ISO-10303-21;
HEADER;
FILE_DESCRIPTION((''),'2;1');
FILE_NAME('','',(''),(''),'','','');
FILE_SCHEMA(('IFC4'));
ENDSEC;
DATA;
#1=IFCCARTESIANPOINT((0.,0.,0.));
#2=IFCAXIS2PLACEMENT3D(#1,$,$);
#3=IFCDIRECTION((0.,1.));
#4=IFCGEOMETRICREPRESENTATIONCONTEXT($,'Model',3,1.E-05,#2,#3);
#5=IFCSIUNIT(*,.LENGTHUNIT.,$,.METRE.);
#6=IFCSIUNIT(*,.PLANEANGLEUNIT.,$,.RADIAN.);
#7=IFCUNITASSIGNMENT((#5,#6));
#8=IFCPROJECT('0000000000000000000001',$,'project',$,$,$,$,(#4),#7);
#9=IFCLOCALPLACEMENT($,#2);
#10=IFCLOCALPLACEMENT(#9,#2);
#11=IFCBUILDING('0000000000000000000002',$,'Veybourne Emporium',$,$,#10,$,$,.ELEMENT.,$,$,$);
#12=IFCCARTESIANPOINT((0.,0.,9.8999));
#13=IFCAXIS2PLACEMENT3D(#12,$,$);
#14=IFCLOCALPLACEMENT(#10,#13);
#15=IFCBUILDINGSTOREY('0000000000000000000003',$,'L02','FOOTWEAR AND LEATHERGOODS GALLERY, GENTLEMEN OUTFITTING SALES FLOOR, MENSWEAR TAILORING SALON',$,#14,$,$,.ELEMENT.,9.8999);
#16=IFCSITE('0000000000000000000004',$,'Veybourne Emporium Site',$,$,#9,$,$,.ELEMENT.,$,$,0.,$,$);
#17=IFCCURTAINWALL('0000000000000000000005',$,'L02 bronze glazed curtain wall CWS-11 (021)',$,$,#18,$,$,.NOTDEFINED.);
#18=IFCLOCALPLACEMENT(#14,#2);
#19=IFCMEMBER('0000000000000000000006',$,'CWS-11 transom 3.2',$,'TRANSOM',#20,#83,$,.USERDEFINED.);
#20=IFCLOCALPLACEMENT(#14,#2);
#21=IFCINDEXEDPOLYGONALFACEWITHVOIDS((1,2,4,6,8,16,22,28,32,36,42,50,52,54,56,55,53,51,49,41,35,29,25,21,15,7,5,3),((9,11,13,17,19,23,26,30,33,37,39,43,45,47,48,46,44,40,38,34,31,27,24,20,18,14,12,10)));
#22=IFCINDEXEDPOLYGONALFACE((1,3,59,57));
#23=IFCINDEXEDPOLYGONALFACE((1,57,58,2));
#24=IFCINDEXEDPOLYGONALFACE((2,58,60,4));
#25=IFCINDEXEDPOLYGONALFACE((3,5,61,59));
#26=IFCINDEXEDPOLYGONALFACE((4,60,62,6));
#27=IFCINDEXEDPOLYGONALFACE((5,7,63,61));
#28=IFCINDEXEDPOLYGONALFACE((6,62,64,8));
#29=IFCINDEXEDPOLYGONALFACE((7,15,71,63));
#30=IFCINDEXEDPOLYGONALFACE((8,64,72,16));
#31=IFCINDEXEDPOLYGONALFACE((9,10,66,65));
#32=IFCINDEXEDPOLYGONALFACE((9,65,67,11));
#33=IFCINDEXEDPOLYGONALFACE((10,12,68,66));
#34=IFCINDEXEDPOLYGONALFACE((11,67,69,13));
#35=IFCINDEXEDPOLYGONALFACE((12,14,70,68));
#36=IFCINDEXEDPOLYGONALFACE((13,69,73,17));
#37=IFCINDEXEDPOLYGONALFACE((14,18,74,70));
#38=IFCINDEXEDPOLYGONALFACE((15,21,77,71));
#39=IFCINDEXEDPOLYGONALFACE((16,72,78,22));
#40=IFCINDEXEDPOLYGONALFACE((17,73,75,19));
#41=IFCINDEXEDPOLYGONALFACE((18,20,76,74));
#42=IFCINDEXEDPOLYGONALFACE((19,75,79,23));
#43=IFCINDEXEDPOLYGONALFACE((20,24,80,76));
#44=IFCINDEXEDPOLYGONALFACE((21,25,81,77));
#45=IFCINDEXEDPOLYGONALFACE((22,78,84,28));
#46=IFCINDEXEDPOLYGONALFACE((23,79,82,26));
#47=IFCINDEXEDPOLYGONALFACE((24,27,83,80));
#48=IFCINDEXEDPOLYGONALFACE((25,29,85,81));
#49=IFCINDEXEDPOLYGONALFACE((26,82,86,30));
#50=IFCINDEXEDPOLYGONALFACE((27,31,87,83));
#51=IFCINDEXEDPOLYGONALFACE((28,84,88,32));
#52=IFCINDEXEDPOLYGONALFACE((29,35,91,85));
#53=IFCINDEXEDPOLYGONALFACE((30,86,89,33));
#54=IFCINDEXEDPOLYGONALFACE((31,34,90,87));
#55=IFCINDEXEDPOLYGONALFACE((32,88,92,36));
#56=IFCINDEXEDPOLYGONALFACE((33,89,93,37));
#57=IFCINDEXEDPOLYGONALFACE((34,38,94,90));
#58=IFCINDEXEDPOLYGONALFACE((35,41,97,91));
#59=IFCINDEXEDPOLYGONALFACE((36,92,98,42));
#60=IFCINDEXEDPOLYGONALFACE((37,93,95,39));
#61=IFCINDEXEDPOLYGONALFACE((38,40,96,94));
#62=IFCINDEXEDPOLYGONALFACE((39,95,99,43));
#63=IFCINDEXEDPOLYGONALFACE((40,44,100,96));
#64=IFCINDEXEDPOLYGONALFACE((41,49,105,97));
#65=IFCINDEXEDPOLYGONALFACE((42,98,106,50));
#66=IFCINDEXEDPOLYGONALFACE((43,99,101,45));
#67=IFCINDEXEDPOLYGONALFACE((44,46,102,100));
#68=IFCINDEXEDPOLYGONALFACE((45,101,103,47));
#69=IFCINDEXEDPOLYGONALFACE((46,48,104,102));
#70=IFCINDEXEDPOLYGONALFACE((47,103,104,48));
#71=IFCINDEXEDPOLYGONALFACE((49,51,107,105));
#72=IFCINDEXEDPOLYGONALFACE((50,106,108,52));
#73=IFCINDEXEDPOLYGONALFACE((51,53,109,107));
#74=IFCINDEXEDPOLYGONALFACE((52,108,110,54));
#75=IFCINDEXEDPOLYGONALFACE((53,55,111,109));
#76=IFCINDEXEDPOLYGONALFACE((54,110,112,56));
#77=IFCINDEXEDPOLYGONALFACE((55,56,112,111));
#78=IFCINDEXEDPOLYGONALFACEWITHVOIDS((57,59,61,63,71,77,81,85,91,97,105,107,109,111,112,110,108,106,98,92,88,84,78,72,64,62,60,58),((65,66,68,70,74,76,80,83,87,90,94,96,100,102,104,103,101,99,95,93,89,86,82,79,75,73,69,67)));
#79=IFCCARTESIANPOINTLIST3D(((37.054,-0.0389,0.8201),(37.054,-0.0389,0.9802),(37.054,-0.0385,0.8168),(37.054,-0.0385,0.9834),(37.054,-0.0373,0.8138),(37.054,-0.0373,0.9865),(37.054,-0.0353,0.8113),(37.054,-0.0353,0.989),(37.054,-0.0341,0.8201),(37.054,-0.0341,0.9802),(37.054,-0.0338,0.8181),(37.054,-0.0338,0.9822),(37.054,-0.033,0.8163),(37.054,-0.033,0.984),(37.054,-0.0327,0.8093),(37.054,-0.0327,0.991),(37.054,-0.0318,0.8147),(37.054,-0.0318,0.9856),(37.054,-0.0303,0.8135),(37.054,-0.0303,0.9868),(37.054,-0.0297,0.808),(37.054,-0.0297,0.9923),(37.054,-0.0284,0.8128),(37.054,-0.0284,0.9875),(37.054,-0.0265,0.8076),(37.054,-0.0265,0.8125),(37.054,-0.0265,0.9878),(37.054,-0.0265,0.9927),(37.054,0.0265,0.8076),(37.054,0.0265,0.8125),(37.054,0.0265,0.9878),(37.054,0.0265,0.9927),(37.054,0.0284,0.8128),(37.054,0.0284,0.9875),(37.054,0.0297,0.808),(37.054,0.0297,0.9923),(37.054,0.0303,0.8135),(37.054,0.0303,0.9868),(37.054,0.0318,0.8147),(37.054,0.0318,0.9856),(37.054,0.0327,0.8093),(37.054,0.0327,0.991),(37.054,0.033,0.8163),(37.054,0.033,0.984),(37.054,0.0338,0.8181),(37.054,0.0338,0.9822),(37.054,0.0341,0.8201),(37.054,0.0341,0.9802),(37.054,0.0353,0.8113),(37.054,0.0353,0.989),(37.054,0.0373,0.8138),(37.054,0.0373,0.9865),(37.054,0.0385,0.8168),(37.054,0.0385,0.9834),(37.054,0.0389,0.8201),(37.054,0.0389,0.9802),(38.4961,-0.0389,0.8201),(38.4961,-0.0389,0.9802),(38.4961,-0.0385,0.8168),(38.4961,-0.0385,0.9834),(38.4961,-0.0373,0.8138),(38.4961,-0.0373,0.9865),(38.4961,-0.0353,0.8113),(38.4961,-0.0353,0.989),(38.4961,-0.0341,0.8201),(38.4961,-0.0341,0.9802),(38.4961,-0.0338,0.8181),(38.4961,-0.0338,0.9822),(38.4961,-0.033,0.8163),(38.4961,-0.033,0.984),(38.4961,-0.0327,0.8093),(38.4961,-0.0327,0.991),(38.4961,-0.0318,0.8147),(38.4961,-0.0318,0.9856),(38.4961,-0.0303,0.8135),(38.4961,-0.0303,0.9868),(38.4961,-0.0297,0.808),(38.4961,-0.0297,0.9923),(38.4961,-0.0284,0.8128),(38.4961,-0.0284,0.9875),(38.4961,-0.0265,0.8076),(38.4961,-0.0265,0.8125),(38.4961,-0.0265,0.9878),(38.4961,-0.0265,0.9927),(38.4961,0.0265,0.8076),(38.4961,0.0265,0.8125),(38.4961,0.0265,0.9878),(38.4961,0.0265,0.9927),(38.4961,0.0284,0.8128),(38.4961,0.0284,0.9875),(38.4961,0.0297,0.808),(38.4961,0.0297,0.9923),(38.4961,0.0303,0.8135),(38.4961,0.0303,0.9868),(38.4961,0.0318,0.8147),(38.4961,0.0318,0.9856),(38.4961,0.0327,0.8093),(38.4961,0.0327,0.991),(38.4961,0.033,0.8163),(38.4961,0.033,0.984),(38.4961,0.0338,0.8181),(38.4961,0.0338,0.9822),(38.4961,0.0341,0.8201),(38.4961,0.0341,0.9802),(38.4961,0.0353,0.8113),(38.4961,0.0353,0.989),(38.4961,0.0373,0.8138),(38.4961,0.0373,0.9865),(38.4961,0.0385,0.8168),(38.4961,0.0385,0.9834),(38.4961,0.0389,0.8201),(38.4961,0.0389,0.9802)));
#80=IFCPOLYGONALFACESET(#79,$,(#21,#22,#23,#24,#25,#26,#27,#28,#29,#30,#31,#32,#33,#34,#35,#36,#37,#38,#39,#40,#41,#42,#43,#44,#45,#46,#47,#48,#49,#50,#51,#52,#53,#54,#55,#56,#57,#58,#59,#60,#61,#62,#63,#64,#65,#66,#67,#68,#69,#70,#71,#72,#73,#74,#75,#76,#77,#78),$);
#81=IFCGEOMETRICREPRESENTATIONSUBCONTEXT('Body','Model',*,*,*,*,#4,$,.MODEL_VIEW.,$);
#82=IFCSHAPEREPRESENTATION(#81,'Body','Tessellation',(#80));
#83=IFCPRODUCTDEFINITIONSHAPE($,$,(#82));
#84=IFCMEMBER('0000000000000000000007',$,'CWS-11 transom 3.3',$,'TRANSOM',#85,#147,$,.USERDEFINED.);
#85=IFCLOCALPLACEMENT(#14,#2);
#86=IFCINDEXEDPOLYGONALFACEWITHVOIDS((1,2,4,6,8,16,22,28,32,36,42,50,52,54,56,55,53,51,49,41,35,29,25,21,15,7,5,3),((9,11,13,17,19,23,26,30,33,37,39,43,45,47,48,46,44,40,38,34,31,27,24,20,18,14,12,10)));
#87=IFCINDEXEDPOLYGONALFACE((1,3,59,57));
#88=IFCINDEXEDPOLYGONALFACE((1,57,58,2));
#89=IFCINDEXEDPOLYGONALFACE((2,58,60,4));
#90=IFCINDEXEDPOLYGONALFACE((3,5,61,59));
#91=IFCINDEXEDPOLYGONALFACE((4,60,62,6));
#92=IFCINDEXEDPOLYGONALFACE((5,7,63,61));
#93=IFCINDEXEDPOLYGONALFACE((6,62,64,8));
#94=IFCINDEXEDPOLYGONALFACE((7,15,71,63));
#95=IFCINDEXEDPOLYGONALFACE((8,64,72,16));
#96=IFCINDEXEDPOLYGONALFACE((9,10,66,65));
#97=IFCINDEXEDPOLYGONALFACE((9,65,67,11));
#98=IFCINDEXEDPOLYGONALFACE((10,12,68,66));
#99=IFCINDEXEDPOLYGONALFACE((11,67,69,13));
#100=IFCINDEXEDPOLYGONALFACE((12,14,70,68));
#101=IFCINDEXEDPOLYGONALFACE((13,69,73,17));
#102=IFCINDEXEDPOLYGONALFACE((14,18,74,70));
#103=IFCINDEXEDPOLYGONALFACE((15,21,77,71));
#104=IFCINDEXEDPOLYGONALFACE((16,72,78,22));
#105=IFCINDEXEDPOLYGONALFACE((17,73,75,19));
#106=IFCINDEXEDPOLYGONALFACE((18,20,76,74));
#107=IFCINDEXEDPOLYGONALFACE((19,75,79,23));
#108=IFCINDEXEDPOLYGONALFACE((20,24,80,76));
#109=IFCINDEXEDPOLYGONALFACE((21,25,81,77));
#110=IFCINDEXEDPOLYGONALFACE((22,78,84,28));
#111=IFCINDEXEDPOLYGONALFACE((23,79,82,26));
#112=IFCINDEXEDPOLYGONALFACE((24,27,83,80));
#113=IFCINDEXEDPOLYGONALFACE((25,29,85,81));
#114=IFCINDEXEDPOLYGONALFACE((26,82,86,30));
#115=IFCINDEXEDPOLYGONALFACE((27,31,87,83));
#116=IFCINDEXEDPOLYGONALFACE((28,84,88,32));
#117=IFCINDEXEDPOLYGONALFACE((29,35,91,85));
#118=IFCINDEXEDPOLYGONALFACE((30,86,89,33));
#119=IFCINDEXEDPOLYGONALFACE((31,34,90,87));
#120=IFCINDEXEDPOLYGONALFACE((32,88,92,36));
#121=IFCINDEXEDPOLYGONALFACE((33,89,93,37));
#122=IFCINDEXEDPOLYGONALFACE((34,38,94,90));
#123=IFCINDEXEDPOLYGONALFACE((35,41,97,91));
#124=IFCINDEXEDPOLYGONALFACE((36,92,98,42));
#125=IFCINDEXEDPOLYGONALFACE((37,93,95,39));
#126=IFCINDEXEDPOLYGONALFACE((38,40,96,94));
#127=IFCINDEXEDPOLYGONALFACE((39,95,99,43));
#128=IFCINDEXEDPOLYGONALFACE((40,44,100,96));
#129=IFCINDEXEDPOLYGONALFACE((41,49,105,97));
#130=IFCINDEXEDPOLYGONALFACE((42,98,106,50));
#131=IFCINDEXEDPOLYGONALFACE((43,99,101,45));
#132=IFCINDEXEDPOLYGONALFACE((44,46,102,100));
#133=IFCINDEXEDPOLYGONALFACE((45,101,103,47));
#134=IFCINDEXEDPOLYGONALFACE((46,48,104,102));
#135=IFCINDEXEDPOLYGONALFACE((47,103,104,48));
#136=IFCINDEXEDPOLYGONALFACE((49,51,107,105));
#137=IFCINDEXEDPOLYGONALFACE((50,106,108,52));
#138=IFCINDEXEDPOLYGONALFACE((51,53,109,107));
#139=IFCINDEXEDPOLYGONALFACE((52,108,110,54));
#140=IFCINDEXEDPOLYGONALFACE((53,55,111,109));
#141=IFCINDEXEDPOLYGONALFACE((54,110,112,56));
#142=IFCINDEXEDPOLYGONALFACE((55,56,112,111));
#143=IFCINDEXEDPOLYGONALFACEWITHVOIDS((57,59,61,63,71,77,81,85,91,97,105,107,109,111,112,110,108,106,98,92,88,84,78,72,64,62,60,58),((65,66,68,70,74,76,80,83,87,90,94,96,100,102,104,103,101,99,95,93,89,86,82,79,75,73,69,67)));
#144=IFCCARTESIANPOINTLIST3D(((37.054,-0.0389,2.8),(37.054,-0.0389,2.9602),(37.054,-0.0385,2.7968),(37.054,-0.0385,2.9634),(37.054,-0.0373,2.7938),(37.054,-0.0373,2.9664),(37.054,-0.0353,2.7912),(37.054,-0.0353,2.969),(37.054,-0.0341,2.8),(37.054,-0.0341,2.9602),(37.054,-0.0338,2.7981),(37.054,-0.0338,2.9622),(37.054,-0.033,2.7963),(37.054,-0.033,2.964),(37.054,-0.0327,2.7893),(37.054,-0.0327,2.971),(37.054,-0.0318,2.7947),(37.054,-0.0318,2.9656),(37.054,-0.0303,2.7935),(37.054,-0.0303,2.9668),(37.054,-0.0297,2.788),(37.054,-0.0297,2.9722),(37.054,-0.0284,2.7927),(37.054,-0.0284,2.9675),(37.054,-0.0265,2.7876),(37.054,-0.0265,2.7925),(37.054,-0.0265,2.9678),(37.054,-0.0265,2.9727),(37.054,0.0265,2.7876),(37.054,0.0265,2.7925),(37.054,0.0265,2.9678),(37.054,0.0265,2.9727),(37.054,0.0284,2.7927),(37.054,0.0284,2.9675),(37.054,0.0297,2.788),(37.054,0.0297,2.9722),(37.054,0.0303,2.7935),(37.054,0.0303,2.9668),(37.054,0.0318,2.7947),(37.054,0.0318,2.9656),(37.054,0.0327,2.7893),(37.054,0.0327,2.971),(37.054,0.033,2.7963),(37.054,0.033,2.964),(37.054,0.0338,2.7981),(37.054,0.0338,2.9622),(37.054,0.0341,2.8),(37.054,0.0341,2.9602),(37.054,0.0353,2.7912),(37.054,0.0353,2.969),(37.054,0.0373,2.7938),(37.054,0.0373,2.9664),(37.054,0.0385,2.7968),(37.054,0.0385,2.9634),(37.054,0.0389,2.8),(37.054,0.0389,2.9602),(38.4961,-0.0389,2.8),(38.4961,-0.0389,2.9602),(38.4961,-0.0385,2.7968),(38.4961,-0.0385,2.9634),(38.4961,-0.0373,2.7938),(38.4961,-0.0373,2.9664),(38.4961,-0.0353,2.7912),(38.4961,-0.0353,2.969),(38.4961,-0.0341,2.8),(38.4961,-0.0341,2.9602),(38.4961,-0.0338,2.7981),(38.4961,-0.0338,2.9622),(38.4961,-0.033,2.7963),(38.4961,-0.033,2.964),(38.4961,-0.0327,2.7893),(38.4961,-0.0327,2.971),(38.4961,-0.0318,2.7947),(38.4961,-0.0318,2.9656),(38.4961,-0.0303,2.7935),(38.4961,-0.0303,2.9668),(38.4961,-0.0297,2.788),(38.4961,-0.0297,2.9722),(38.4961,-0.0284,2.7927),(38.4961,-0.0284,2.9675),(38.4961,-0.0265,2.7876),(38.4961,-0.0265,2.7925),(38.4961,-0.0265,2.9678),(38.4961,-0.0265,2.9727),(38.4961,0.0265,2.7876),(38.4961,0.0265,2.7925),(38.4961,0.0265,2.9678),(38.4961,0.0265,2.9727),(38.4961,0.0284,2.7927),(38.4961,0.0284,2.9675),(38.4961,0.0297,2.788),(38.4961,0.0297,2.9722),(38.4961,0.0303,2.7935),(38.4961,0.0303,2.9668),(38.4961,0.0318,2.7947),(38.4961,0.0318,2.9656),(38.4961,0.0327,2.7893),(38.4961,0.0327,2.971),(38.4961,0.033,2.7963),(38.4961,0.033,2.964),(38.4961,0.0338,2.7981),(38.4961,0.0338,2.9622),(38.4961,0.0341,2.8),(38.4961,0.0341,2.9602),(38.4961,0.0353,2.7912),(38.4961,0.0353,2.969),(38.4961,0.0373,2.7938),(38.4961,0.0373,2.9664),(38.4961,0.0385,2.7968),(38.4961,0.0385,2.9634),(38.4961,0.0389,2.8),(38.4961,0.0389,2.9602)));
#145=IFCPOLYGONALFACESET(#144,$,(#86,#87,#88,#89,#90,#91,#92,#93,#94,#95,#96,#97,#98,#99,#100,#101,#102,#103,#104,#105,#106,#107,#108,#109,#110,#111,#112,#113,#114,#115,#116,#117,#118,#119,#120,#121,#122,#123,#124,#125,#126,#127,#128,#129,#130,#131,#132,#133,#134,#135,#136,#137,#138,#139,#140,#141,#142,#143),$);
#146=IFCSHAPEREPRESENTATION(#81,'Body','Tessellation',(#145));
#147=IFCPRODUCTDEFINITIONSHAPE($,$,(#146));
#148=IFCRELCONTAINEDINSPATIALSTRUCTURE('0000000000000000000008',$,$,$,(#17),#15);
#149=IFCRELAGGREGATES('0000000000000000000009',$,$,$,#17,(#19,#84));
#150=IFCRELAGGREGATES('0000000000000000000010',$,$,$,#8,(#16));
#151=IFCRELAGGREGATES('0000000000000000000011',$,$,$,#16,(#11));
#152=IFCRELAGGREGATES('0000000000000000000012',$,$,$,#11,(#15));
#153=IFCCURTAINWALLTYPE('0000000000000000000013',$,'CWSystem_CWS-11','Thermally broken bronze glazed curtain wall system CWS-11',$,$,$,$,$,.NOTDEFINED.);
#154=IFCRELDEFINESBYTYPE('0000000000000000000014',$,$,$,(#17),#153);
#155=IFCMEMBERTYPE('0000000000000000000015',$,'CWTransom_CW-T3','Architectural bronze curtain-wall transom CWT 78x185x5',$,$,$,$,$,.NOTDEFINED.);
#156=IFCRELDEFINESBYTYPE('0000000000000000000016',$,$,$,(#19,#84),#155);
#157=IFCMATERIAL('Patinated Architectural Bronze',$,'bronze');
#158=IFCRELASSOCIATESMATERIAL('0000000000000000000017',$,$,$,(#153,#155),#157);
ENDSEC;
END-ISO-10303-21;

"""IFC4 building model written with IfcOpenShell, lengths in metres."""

from ifc_helpers import new_model, si_unit, direction, frame, origin, origin_2d, place, context, subcontext, project, spatial, hollow_rectangle, extrude, material, material_profile, profile_set, type_object, element, aggregate, save


model = new_model("IFC4")

# Units and contexts
model_context = context("Model", 3, precision=1e-05, world=origin(), true_north=direction((0.0, 1.0)))
body_context = subcontext(model_context, "Body", "Model", "MODEL_VIEW")
ifc_project = project(units=[si_unit("LENGTHUNIT", "METRE"), si_unit("PLANEANGLEUNIT", "RADIAN")], contexts=[model_context])

# Site, building, storey
site_placement = place(None, origin())
site = spatial("IfcSite", under=ifc_project, at=site_placement, Name="Veybourne Emporium Site", CompositionType="ELEMENT", RefElevation=0.0)
building_placement = place(site_placement, origin())
building = spatial("IfcBuilding", under=site, at=building_placement, Name="Veybourne Emporium", CompositionType="ELEMENT")
storey_placement = place(building_placement, frame((0.0, 0.0, 9.8999)))
storey = spatial("IfcBuildingStorey", under=building, at=storey_placement, Name="L02", Description="FOOTWEAR AND LEATHERGOODS GALLERY, GENTLEMEN OUTFITTING SALES FLOOR, MENSWEAR TAILORING SALON", CompositionType="ELEMENT", Elevation=9.8999)

# Curtain wall, members
ifc_material_1 = material(Name="Patinated Architectural Bronze", Category="bronze")
curtain_wall_type = type_object("IfcCurtainWallType", Name="CWSystem_CWS-11", Description="Thermally broken bronze glazed curtain wall system CWS-11", PredefinedType="NOTDEFINED", material=ifc_material_1)
curtain_wall_placement = place(storey_placement, origin())
curtain_wall = element("IfcCurtainWall", 1, at=curtain_wall_placement, inside=storey, type_object=curtain_wall_type, Name="L02 bronze glazed curtain wall CWS-11 (021)", PredefinedType="NOTDEFINED")
ifc_material_profile_1 = material_profile(ifc_material_1, hollow_rectangle(XDim=0.0779, YDim=0.1851, WallThickness=0.0049, InnerFilletRadius=0.0076, OuterFilletRadius=0.0125, at=origin_2d()), Name="CWT 78x185x5")
ifc_profile_set_1 = profile_set([ifc_material_profile_1], Name="Patinated Architectural Bronze")
member_type_1 = type_object("IfcMemberType", Name="CWTransom_CW-T3", Description="Architectural bronze curtain-wall transom CWT 78x185x5", PredefinedType="NOTDEFINED", material=ifc_profile_set_1)
member_1_placement = place(storey_placement, frame((38.4961, 0.0, 0.9001), z_axis=(-1.0, 0.0, 0.0), x_axis=(0.0, -1.0, 0.0)))
member_1 = element("IfcMember", 2, at=member_1_placement, type_object=member_type_1, Name="CWS-11 transom 3.2", ObjectType="TRANSOM", PredefinedType="USERDEFINED", context=body_context, shape_type="SweptSolid", body=[
    extrude(hollow_rectangle(XDim=0.0779, YDim=0.1851, WallThickness=0.0049, InnerFilletRadius=0.0076, OuterFilletRadius=0.0125, at=origin_2d()), origin(), (0.0, 0.0, 1.0), 1.4421),
])
member_2_placement = place(storey_placement, frame((38.4961, 0.0, 2.8801), z_axis=(-1.0, 0.0, 0.0), x_axis=(0.0, -1.0, 0.0)))
member_2 = element("IfcMember", 3, at=member_2_placement, type_object=member_type_1, Name="CWS-11 transom 3.3", ObjectType="TRANSOM", PredefinedType="USERDEFINED", context=body_context, shape_type="SweptSolid", body=[
    extrude(hollow_rectangle(XDim=0.0779, YDim=0.1851, WallThickness=0.0049, InnerFilletRadius=0.0076, OuterFilletRadius=0.0125, at=origin_2d()), origin(), (0.0, 0.0, 1.0), 1.4421),
])

aggregate(curtain_wall, [member_1, member_2])

save(model, "model.ifc")
